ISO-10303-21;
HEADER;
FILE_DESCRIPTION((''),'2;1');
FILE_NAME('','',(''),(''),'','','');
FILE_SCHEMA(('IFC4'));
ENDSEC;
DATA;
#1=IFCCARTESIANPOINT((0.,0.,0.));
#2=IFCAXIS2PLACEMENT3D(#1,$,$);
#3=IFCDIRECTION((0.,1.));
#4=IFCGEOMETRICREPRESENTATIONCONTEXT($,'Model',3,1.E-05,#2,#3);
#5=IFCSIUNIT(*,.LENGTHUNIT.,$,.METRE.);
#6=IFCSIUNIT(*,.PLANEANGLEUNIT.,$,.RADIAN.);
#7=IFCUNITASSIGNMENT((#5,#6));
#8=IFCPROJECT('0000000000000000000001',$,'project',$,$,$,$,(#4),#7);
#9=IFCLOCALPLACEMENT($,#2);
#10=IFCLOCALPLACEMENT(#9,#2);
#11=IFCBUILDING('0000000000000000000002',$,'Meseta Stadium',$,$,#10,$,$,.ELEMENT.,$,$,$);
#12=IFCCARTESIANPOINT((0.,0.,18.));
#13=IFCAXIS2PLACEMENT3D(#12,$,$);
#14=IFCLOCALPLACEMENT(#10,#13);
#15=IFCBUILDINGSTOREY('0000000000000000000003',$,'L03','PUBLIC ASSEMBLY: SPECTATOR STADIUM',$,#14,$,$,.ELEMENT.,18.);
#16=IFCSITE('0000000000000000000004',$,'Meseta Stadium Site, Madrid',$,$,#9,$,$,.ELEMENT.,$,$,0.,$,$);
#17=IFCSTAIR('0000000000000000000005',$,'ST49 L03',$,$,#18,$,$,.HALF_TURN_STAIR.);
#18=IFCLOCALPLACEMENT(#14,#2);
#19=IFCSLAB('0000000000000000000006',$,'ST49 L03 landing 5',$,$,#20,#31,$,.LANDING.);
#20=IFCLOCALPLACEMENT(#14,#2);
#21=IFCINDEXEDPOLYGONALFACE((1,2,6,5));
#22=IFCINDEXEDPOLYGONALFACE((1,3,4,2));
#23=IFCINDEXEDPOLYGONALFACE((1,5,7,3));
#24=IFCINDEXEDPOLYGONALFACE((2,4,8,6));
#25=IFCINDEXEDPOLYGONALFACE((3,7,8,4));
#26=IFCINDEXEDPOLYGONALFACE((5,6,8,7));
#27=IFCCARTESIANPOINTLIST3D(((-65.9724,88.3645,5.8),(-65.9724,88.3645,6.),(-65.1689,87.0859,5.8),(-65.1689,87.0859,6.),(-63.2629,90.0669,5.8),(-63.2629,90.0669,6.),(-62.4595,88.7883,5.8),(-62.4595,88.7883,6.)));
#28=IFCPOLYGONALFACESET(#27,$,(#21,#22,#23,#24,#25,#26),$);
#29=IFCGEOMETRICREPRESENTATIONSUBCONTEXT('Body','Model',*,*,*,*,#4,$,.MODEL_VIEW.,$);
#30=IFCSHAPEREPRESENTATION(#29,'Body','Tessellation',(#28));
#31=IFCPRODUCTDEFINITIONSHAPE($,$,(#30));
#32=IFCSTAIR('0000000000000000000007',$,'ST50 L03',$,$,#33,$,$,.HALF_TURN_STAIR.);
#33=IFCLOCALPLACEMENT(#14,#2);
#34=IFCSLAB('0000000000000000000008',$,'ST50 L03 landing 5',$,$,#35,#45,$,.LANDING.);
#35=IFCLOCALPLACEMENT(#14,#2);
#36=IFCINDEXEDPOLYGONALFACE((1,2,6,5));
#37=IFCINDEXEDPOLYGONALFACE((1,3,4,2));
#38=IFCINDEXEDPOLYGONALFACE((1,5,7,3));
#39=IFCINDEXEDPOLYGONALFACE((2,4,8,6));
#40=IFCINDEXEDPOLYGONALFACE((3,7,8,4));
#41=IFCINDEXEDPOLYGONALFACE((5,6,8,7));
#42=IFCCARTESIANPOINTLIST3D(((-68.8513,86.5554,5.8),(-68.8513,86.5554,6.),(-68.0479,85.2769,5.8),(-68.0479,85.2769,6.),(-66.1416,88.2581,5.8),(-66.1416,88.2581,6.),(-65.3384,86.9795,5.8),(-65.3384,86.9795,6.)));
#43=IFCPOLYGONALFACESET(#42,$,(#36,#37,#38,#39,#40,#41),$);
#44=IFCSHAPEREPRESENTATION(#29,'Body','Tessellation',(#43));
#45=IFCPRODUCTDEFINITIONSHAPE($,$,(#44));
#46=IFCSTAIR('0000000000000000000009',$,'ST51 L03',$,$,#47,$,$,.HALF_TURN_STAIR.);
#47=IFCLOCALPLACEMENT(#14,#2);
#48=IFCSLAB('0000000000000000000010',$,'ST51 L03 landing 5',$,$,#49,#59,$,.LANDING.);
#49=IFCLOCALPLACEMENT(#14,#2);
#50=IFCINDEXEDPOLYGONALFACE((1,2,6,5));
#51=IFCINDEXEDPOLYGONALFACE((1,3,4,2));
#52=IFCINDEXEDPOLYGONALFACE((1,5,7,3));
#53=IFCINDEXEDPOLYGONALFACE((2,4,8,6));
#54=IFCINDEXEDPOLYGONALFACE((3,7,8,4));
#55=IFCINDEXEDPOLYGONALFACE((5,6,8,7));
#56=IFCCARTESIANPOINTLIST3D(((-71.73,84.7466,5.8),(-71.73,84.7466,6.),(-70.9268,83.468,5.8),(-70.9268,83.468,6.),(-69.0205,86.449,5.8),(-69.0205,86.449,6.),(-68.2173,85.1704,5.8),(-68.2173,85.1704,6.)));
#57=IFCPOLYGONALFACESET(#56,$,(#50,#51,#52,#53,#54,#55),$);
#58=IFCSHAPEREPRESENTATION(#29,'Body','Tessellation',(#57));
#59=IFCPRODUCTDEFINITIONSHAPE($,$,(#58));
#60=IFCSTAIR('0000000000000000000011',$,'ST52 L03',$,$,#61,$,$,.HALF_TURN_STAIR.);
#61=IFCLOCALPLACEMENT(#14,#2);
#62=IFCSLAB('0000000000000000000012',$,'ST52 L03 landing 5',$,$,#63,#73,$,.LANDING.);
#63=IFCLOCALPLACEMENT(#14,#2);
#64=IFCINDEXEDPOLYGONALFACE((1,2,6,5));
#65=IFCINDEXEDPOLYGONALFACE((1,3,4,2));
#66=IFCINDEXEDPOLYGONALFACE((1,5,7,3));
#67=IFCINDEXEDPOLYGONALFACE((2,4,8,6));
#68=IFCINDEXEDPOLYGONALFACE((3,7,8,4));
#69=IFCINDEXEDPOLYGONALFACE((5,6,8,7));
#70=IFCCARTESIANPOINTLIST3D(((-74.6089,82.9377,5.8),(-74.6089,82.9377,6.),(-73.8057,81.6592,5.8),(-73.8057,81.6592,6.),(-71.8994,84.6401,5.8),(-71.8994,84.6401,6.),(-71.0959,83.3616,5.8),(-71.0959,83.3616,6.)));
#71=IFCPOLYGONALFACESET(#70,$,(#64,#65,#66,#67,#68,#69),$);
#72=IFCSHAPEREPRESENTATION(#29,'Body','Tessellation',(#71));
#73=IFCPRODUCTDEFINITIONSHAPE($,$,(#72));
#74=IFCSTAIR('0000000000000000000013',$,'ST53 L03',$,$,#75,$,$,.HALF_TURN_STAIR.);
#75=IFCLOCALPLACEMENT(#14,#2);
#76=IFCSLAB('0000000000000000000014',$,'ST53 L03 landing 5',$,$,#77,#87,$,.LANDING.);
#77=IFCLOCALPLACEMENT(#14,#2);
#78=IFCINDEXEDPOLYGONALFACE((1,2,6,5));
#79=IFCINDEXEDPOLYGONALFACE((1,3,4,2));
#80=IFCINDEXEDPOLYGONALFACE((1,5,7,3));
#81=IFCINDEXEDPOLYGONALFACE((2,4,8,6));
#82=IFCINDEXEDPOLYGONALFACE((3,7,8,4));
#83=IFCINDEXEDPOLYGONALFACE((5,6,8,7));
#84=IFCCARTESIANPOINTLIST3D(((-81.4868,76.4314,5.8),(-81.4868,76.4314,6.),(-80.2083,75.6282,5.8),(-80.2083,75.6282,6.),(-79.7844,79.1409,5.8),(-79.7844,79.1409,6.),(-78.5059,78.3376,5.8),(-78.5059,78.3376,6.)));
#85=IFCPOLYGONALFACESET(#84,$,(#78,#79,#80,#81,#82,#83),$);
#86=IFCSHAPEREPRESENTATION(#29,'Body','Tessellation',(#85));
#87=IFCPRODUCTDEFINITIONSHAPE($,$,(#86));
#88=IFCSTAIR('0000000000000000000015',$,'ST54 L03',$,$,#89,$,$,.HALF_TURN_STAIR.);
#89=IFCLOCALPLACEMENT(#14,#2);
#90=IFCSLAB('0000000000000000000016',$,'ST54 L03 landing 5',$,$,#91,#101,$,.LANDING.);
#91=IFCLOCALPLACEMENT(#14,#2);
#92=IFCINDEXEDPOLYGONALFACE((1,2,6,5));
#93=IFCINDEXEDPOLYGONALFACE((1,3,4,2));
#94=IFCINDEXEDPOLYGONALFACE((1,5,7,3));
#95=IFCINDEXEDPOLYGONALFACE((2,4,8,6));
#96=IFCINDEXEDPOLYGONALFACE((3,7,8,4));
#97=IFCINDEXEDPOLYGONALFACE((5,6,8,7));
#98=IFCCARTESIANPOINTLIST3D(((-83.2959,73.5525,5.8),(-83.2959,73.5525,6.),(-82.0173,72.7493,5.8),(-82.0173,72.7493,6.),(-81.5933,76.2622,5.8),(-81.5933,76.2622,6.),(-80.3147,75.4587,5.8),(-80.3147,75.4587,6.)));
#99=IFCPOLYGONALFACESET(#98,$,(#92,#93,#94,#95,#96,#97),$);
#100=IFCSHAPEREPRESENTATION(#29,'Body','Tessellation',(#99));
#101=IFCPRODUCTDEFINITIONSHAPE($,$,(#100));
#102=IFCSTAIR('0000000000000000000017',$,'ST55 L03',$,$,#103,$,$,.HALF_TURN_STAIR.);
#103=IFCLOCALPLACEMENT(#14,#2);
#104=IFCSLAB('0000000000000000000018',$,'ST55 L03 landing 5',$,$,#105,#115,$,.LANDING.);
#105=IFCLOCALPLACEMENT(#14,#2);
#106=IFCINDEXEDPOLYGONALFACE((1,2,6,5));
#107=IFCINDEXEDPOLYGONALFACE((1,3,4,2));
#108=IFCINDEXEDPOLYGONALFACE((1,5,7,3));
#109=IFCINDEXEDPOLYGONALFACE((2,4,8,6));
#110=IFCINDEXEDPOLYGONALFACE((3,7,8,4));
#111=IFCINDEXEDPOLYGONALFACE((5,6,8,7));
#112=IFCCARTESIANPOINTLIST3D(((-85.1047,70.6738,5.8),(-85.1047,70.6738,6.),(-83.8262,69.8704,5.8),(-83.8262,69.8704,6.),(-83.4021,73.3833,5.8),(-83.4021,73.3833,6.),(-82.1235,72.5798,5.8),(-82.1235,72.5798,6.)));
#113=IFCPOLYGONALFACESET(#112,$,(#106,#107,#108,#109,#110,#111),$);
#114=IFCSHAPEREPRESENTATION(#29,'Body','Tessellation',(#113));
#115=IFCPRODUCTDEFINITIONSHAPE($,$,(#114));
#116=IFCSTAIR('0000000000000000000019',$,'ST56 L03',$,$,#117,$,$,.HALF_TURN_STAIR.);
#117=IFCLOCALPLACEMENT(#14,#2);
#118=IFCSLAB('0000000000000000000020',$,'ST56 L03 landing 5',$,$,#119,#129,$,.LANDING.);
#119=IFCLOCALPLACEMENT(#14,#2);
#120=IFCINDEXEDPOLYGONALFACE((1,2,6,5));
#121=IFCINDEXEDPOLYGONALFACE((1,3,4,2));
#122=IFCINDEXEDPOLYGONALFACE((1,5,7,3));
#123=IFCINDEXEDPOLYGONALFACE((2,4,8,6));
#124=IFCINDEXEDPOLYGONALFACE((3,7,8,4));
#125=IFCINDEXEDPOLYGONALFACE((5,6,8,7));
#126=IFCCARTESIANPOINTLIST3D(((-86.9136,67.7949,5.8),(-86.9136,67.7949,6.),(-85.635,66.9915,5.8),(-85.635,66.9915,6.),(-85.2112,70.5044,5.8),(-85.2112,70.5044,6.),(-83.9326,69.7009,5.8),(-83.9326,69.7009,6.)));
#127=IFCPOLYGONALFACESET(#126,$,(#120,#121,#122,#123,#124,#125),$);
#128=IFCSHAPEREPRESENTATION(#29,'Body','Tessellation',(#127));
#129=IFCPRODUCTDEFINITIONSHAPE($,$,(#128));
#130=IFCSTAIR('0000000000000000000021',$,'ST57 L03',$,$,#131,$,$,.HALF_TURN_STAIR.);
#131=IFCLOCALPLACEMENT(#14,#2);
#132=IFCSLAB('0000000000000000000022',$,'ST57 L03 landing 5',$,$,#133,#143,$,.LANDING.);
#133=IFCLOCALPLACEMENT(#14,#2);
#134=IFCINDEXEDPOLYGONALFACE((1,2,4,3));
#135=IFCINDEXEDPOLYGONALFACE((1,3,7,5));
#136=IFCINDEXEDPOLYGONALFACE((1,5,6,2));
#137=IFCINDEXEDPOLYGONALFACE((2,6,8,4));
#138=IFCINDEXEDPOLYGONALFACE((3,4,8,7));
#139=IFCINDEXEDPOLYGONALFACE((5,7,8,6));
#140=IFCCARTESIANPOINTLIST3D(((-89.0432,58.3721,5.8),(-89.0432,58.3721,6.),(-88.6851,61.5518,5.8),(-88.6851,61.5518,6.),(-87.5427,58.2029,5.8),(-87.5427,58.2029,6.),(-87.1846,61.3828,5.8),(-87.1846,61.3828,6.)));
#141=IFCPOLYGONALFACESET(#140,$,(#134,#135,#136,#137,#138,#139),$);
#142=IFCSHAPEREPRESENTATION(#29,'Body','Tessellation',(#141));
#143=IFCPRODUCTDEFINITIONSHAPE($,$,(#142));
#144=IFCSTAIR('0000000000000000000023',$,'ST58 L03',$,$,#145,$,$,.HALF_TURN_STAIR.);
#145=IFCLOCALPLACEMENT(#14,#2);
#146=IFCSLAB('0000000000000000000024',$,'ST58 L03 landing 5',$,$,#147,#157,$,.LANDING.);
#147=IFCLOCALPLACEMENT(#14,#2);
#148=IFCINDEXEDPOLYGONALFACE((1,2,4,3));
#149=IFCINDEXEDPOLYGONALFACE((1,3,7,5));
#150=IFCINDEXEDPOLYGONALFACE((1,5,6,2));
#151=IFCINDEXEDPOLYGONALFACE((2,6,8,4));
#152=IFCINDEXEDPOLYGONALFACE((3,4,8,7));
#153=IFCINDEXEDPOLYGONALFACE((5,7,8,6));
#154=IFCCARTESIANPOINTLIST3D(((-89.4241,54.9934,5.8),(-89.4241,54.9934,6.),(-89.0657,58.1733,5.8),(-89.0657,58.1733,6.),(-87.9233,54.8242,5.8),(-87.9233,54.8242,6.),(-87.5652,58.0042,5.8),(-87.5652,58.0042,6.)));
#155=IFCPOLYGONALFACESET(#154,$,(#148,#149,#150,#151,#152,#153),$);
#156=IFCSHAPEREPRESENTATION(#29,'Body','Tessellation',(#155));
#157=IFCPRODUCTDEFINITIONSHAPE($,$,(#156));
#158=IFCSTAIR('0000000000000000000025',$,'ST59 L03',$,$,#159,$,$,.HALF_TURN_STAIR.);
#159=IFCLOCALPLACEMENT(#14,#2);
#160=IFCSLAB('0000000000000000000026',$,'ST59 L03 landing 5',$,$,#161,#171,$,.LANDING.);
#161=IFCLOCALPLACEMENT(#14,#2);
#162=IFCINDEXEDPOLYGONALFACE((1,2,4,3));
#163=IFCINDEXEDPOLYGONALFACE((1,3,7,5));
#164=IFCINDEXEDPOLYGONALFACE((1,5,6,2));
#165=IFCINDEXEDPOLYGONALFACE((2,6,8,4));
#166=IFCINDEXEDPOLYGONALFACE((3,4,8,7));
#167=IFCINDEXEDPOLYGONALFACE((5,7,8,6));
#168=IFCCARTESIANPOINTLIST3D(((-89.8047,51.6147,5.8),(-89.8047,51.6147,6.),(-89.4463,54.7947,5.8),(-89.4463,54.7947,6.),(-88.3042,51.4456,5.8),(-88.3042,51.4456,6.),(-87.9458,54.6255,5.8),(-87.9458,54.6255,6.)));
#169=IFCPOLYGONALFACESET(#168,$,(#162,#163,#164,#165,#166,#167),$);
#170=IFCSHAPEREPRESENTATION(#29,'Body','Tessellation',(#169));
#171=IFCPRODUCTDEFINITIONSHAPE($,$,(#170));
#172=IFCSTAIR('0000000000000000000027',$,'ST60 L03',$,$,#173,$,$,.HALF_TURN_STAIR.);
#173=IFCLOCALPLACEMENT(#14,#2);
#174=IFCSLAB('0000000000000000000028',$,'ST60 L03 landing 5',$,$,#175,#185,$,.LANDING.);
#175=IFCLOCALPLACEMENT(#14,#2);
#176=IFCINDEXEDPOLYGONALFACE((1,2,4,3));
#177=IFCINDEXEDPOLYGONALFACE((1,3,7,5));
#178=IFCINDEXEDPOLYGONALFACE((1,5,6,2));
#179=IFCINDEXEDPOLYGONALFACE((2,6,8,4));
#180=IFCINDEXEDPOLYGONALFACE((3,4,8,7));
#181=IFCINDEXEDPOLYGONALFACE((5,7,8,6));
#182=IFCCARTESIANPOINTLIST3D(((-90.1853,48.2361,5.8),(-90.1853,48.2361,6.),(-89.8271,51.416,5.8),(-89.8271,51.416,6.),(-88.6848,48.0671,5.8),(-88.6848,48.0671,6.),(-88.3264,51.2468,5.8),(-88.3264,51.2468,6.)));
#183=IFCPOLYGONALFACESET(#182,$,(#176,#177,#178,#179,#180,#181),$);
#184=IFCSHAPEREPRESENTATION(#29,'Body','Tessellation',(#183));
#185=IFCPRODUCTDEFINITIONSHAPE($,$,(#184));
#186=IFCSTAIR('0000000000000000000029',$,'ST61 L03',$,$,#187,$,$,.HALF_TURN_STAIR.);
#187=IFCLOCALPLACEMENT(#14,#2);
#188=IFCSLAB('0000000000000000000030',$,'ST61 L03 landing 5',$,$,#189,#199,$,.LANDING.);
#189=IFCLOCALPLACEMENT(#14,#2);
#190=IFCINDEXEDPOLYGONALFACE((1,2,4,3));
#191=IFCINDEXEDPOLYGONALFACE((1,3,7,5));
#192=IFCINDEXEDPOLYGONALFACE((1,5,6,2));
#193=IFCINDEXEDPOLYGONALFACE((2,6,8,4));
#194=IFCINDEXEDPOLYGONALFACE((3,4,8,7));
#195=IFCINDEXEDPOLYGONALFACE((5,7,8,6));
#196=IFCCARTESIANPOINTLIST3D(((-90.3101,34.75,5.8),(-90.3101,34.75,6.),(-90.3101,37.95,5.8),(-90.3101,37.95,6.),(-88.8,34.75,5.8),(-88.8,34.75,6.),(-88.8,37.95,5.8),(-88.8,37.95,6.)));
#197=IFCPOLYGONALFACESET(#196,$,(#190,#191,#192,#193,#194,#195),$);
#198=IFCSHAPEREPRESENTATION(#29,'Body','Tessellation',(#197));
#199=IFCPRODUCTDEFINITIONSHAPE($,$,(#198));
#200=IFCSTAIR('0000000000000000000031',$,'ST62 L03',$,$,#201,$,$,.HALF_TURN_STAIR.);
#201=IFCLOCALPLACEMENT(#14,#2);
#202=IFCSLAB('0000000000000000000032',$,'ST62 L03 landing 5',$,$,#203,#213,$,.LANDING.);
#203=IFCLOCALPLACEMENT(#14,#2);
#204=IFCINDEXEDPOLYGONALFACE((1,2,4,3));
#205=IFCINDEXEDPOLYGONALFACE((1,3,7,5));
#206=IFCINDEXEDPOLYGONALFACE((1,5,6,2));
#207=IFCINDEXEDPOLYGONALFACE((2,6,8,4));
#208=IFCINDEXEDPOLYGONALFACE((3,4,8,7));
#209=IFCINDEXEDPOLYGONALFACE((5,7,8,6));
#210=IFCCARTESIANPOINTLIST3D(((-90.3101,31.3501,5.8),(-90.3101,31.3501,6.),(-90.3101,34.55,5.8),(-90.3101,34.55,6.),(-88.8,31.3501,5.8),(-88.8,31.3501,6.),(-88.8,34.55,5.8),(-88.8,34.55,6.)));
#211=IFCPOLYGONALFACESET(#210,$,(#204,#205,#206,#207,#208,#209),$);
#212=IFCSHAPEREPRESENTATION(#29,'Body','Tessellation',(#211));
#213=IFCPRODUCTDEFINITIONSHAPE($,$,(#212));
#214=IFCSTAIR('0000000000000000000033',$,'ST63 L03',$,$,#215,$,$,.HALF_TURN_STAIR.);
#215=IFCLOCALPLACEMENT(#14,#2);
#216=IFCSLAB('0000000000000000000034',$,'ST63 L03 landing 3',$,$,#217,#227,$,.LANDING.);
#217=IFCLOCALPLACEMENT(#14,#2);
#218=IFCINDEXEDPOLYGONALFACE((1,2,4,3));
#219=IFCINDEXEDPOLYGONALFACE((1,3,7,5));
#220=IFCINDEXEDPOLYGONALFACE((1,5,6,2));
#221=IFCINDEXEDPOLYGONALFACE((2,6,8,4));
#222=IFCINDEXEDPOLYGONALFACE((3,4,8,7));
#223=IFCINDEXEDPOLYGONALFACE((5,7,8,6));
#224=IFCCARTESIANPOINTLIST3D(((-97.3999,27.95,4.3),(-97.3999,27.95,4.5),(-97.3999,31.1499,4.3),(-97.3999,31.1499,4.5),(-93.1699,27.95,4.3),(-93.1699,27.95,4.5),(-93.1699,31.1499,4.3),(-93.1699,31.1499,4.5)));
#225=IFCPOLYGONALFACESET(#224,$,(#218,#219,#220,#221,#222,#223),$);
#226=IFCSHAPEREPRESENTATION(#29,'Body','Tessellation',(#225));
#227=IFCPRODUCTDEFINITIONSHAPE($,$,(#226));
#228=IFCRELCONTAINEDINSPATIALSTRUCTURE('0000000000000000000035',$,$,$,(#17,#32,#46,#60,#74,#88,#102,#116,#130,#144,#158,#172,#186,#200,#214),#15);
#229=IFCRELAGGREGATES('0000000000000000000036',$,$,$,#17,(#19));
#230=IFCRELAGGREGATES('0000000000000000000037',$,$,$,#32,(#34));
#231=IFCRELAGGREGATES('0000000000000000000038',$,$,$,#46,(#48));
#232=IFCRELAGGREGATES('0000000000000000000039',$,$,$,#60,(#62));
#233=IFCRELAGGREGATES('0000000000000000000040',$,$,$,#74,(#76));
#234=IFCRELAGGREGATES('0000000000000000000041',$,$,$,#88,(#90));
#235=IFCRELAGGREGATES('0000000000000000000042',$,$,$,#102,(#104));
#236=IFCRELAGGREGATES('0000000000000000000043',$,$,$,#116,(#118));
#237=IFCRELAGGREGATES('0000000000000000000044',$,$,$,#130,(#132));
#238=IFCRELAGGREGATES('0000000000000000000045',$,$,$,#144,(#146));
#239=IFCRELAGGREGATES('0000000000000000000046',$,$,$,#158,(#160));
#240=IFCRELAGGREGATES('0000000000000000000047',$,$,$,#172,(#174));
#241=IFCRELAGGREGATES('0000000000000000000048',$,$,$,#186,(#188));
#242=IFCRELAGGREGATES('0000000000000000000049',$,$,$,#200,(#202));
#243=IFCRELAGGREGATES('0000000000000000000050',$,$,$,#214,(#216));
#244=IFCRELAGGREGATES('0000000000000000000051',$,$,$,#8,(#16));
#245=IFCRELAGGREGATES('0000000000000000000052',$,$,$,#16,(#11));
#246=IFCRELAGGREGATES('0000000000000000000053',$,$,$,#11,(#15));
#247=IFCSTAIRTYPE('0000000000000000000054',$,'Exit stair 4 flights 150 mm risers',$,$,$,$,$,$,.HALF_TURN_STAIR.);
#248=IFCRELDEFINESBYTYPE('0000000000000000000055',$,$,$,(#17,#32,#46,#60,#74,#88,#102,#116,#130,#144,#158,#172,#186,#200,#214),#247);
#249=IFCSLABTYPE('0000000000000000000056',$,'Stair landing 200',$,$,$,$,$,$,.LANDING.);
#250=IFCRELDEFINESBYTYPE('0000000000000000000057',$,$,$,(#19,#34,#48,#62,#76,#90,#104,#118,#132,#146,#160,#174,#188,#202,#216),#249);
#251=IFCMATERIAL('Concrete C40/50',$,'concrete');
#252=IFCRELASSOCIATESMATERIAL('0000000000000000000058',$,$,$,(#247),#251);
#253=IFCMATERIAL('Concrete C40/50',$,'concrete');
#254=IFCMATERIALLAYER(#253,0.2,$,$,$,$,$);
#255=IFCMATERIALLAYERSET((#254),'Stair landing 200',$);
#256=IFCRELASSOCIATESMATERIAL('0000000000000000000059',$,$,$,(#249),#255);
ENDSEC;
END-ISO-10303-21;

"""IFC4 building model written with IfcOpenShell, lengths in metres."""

from ifc_helpers import new_model, si_unit, direction, frame, origin, place, context, subcontext, project, spatial, polyline, outline, extrude, material, layer, layer_set, type_object, element, aggregate, save


model = new_model("IFC4")

# Units and contexts
model_context = context("Model", 3, precision=1e-05, world=origin(), true_north=direction((0.0, 1.0)))
body_context = subcontext(model_context, "Body", "Model", "MODEL_VIEW")
ifc_project = project(units=[si_unit("LENGTHUNIT", "METRE"), si_unit("PLANEANGLEUNIT", "RADIAN")], contexts=[model_context])

# Site, building, storey
site_placement = place(None, origin())
site = spatial("IfcSite", under=ifc_project, at=site_placement, Name="Meseta Stadium Site, Madrid", CompositionType="ELEMENT", RefElevation=0.0)
building_placement = place(site_placement, origin())
building = spatial("IfcBuilding", under=site, at=building_placement, Name="Meseta Stadium", CompositionType="ELEMENT")
storey_placement = place(building_placement, frame((0.0, 0.0, 18.0)))
storey = spatial("IfcBuildingStorey", under=building, at=storey_placement, Name="L03", Description="PUBLIC ASSEMBLY: SPECTATOR STADIUM", CompositionType="ELEMENT", Elevation=18.0)

# Stairs, slabs
ifc_material_1 = material(Name="Concrete C40/50", Category="concrete")
stair_type = type_object("IfcStairType", Name="Exit stair 4 flights 150 mm risers", PredefinedType="HALF_TURN_STAIR", material=ifc_material_1)
stair_1_placement = place(storey_placement, origin())
stair_1 = element("IfcStair", 1, at=stair_1_placement, inside=storey, type_object=stair_type, Name="ST49 L03", PredefinedType="HALF_TURN_STAIR")
ifc_material_2 = material(Name="Concrete C40/50", Category="concrete")
ifc_layer = layer(ifc_material_2, 0.2)
ifc_layer_set = layer_set([ifc_layer], Name="Stair landing 200")
slab_type = type_object("IfcSlabType", Name="Stair landing 200", PredefinedType="LANDING", material=ifc_layer_set)
slab_1_placement = place(storey_placement, frame((0.0, 0.0, 5.8)))
slab_1 = element("IfcSlab", 2, at=slab_1_placement, type_object=slab_type, Name="ST49 L03 landing 5", PredefinedType="LANDING", context=body_context, shape_type="SweptSolid", body=[
    extrude(outline(polyline([(-62.4595, 88.7883), (-63.2629, 90.0669), (-65.9724, 88.3645), (-65.1689, 87.0859), (-62.4595, 88.7883)])), origin(), (0.0, 0.0, 1.0), 0.2),
])
aggregate(stair_1, [slab_1])
stair_2_placement = place(storey_placement, origin())
stair_2 = element("IfcStair", 3, at=stair_2_placement, inside=storey, type_object=stair_type, Name="ST50 L03", PredefinedType="HALF_TURN_STAIR")
slab_2_placement = place(storey_placement, frame((0.0, 0.0, 5.8)))
slab_2 = element("IfcSlab", 4, at=slab_2_placement, type_object=slab_type, Name="ST50 L03 landing 5", PredefinedType="LANDING", context=body_context, shape_type="SweptSolid", body=[
    extrude(outline(polyline([(-65.3384, 86.9795), (-66.1416, 88.2581), (-68.8513, 86.5554), (-68.0479, 85.2769), (-65.3384, 86.9795)])), origin(), (0.0, 0.0, 1.0), 0.2),
])
aggregate(stair_2, [slab_2])
stair_3_placement = place(storey_placement, origin())
stair_3 = element("IfcStair", 5, at=stair_3_placement, inside=storey, type_object=stair_type, Name="ST51 L03", PredefinedType="HALF_TURN_STAIR")
slab_3_placement = place(storey_placement, frame((0.0, 0.0, 5.8)))
slab_3 = element("IfcSlab", 6, at=slab_3_placement, type_object=slab_type, Name="ST51 L03 landing 5", PredefinedType="LANDING", context=body_context, shape_type="SweptSolid", body=[
    extrude(outline(polyline([(-68.2173, 85.1704), (-69.0205, 86.449), (-71.73, 84.7466), (-70.9268, 83.468), (-68.2173, 85.1704)])), origin(), (0.0, 0.0, 1.0), 0.2),
])
aggregate(stair_3, [slab_3])
stair_4_placement = place(storey_placement, origin())
stair_4 = element("IfcStair", 7, at=stair_4_placement, inside=storey, type_object=stair_type, Name="ST52 L03", PredefinedType="HALF_TURN_STAIR")
slab_4_placement = place(storey_placement, frame((0.0, 0.0, 5.8)))
slab_4 = element("IfcSlab", 8, at=slab_4_placement, type_object=slab_type, Name="ST52 L03 landing 5", PredefinedType="LANDING", context=body_context, shape_type="SweptSolid", body=[
    extrude(outline(polyline([(-71.0959, 83.3616), (-71.8994, 84.6401), (-74.6089, 82.9377), (-73.8057, 81.6592), (-71.0959, 83.3616)])), origin(), (0.0, 0.0, 1.0), 0.2),
])
aggregate(stair_4, [slab_4])
stair_5_placement = place(storey_placement, origin())
stair_5 = element("IfcStair", 9, at=stair_5_placement, inside=storey, type_object=stair_type, Name="ST53 L03", PredefinedType="HALF_TURN_STAIR")
slab_5_placement = place(storey_placement, frame((0.0, 0.0, 5.8)))
slab_5 = element("IfcSlab", 10, at=slab_5_placement, type_object=slab_type, Name="ST53 L03 landing 5", PredefinedType="LANDING", context=body_context, shape_type="SweptSolid", body=[
    extrude(outline(polyline([(-78.5059, 78.3376), (-79.7844, 79.1409), (-81.4868, 76.4314), (-80.2083, 75.6282), (-78.5059, 78.3376)])), origin(), (0.0, 0.0, 1.0), 0.2),
])
aggregate(stair_5, [slab_5])
stair_6_placement = place(storey_placement, origin())
stair_6 = element("IfcStair", 11, at=stair_6_placement, inside=storey, type_object=stair_type, Name="ST54 L03", PredefinedType="HALF_TURN_STAIR")
slab_6_placement = place(storey_placement, frame((0.0, 0.0, 5.8)))
slab_6 = element("IfcSlab", 12, at=slab_6_placement, type_object=slab_type, Name="ST54 L03 landing 5", PredefinedType="LANDING", context=body_context, shape_type="SweptSolid", body=[
    extrude(outline(polyline([(-80.3147, 75.4587), (-81.5933, 76.2622), (-83.2959, 73.5525), (-82.0173, 72.7493), (-80.3147, 75.4587)])), origin(), (0.0, 0.0, 1.0), 0.2),
])
aggregate(stair_6, [slab_6])
stair_7_placement = place(storey_placement, origin())
stair_7 = element("IfcStair", 13, at=stair_7_placement, inside=storey, type_object=stair_type, Name="ST55 L03", PredefinedType="HALF_TURN_STAIR")
slab_7_placement = place(storey_placement, frame((0.0, 0.0, 5.8)))
slab_7 = element("IfcSlab", 14, at=slab_7_placement, type_object=slab_type, Name="ST55 L03 landing 5", PredefinedType="LANDING", context=body_context, shape_type="SweptSolid", body=[
    extrude(outline(polyline([(-82.1235, 72.5798), (-83.4021, 73.3833), (-85.1047, 70.6738), (-83.8262, 69.8704), (-82.1235, 72.5798)])), origin(), (0.0, 0.0, 1.0), 0.2),
])
aggregate(stair_7, [slab_7])
stair_8_placement = place(storey_placement, origin())
stair_8 = element("IfcStair", 15, at=stair_8_placement, inside=storey, type_object=stair_type, Name="ST56 L03", PredefinedType="HALF_TURN_STAIR")
slab_8_placement = place(storey_placement, frame((0.0, 0.0, 5.8)))
slab_8 = element("IfcSlab", 16, at=slab_8_placement, type_object=slab_type, Name="ST56 L03 landing 5", PredefinedType="LANDING", context=body_context, shape_type="SweptSolid", body=[
    extrude(outline(polyline([(-83.9326, 69.7009), (-85.2112, 70.5044), (-86.9136, 67.7949), (-85.635, 66.9915), (-83.9326, 69.7009)])), origin(), (0.0, 0.0, 1.0), 0.2),
])
aggregate(stair_8, [slab_8])
stair_9_placement = place(storey_placement, origin())
stair_9 = element("IfcStair", 17, at=stair_9_placement, inside=storey, type_object=stair_type, Name="ST57 L03", PredefinedType="HALF_TURN_STAIR")
slab_9_placement = place(storey_placement, frame((0.0, 0.0, 5.8)))
slab_9 = element("IfcSlab", 18, at=slab_9_placement, type_object=slab_type, Name="ST57 L03 landing 5", PredefinedType="LANDING", context=body_context, shape_type="SweptSolid", body=[
    extrude(outline(polyline([(-87.1846, 61.3828), (-88.6851, 61.5518), (-89.0432, 58.3721), (-87.5427, 58.2029), (-87.1846, 61.3828)])), origin(), (0.0, 0.0, 1.0), 0.2),
])
aggregate(stair_9, [slab_9])
stair_10_placement = place(storey_placement, origin())
stair_10 = element("IfcStair", 19, at=stair_10_placement, inside=storey, type_object=stair_type, Name="ST58 L03", PredefinedType="HALF_TURN_STAIR")
slab_10_placement = place(storey_placement, frame((0.0, 0.0, 5.8)))
slab_10 = element("IfcSlab", 20, at=slab_10_placement, type_object=slab_type, Name="ST58 L03 landing 5", PredefinedType="LANDING", context=body_context, shape_type="SweptSolid", body=[
    extrude(outline(polyline([(-87.5652, 58.0042), (-89.0657, 58.1733), (-89.4241, 54.9934), (-87.9233, 54.8242), (-87.5652, 58.0042)])), origin(), (0.0, 0.0, 1.0), 0.2),
])
aggregate(stair_10, [slab_10])
stair_11_placement = place(storey_placement, origin())
stair_11 = element("IfcStair", 21, at=stair_11_placement, inside=storey, type_object=stair_type, Name="ST59 L03", PredefinedType="HALF_TURN_STAIR")
slab_11_placement = place(storey_placement, frame((0.0, 0.0, 5.8)))
slab_11 = element("IfcSlab", 22, at=slab_11_placement, type_object=slab_type, Name="ST59 L03 landing 5", PredefinedType="LANDING", context=body_context, shape_type="SweptSolid", body=[
    extrude(outline(polyline([(-87.9458, 54.6255), (-89.4463, 54.7947), (-89.8047, 51.6147), (-88.3042, 51.4456), (-87.9458, 54.6255)])), origin(), (0.0, 0.0, 1.0), 0.2),
])
aggregate(stair_11, [slab_11])
stair_12_placement = place(storey_placement, origin())
stair_12 = element("IfcStair", 23, at=stair_12_placement, inside=storey, type_object=stair_type, Name="ST60 L03", PredefinedType="HALF_TURN_STAIR")
slab_12_placement = place(storey_placement, frame((0.0, 0.0, 5.8)))
slab_12 = element("IfcSlab", 24, at=slab_12_placement, type_object=slab_type, Name="ST60 L03 landing 5", PredefinedType="LANDING", context=body_context, shape_type="SweptSolid", body=[
    extrude(outline(polyline([(-88.3264, 51.2468), (-89.8271, 51.416), (-90.1853, 48.2361), (-88.6848, 48.0671), (-88.3264, 51.2468)])), origin(), (0.0, 0.0, 1.0), 0.2),
])
aggregate(stair_12, [slab_12])
stair_13_placement = place(storey_placement, origin())
stair_13 = element("IfcStair", 25, at=stair_13_placement, inside=storey, type_object=stair_type, Name="ST61 L03", PredefinedType="HALF_TURN_STAIR")
slab_13_placement = place(storey_placement, frame((0.0, 0.0, 5.8)))
slab_13 = element("IfcSlab", 26, at=slab_13_placement, type_object=slab_type, Name="ST61 L03 landing 5", PredefinedType="LANDING", context=body_context, shape_type="SweptSolid", body=[
    extrude(outline(polyline([(-88.8, 37.95), (-90.3101, 37.95), (-90.3101, 34.75), (-88.8, 34.75), (-88.8, 37.95)])), origin(), (0.0, 0.0, 1.0), 0.2),
])
aggregate(stair_13, [slab_13])
stair_14_placement = place(storey_placement, origin())
stair_14 = element("IfcStair", 27, at=stair_14_placement, inside=storey, type_object=stair_type, Name="ST62 L03", PredefinedType="HALF_TURN_STAIR")
slab_14_placement = place(storey_placement, frame((0.0, 0.0, 5.8)))
slab_14 = element("IfcSlab", 28, at=slab_14_placement, type_object=slab_type, Name="ST62 L03 landing 5", PredefinedType="LANDING", context=body_context, shape_type="SweptSolid", body=[
    extrude(outline(polyline([(-88.8, 34.55), (-90.3101, 34.55), (-90.3101, 31.3501), (-88.8, 31.3501), (-88.8, 34.55)])), origin(), (0.0, 0.0, 1.0), 0.2),
])
aggregate(stair_14, [slab_14])

# Stair, slab
stair_15_placement = place(storey_placement, origin())
stair_15 = element("IfcStair", 29, at=stair_15_placement, inside=storey, type_object=stair_type, Name="ST63 L03", PredefinedType="HALF_TURN_STAIR")
slab_15_placement = place(storey_placement, frame((0.0, 0.0, 4.3)))
slab_15 = element("IfcSlab", 30, at=slab_15_placement, type_object=slab_type, Name="ST63 L03 landing 3", PredefinedType="LANDING", context=body_context, shape_type="SweptSolid", body=[
    extrude(outline(polyline([(-93.1699, 31.1499), (-97.3999, 31.1499), (-97.3999, 27.95), (-93.1699, 27.95), (-93.1699, 31.1499)])), origin(), (0.0, 0.0, 1.0), 0.2),
])
aggregate(stair_15, [slab_15])

save(model, "model.ifc")
